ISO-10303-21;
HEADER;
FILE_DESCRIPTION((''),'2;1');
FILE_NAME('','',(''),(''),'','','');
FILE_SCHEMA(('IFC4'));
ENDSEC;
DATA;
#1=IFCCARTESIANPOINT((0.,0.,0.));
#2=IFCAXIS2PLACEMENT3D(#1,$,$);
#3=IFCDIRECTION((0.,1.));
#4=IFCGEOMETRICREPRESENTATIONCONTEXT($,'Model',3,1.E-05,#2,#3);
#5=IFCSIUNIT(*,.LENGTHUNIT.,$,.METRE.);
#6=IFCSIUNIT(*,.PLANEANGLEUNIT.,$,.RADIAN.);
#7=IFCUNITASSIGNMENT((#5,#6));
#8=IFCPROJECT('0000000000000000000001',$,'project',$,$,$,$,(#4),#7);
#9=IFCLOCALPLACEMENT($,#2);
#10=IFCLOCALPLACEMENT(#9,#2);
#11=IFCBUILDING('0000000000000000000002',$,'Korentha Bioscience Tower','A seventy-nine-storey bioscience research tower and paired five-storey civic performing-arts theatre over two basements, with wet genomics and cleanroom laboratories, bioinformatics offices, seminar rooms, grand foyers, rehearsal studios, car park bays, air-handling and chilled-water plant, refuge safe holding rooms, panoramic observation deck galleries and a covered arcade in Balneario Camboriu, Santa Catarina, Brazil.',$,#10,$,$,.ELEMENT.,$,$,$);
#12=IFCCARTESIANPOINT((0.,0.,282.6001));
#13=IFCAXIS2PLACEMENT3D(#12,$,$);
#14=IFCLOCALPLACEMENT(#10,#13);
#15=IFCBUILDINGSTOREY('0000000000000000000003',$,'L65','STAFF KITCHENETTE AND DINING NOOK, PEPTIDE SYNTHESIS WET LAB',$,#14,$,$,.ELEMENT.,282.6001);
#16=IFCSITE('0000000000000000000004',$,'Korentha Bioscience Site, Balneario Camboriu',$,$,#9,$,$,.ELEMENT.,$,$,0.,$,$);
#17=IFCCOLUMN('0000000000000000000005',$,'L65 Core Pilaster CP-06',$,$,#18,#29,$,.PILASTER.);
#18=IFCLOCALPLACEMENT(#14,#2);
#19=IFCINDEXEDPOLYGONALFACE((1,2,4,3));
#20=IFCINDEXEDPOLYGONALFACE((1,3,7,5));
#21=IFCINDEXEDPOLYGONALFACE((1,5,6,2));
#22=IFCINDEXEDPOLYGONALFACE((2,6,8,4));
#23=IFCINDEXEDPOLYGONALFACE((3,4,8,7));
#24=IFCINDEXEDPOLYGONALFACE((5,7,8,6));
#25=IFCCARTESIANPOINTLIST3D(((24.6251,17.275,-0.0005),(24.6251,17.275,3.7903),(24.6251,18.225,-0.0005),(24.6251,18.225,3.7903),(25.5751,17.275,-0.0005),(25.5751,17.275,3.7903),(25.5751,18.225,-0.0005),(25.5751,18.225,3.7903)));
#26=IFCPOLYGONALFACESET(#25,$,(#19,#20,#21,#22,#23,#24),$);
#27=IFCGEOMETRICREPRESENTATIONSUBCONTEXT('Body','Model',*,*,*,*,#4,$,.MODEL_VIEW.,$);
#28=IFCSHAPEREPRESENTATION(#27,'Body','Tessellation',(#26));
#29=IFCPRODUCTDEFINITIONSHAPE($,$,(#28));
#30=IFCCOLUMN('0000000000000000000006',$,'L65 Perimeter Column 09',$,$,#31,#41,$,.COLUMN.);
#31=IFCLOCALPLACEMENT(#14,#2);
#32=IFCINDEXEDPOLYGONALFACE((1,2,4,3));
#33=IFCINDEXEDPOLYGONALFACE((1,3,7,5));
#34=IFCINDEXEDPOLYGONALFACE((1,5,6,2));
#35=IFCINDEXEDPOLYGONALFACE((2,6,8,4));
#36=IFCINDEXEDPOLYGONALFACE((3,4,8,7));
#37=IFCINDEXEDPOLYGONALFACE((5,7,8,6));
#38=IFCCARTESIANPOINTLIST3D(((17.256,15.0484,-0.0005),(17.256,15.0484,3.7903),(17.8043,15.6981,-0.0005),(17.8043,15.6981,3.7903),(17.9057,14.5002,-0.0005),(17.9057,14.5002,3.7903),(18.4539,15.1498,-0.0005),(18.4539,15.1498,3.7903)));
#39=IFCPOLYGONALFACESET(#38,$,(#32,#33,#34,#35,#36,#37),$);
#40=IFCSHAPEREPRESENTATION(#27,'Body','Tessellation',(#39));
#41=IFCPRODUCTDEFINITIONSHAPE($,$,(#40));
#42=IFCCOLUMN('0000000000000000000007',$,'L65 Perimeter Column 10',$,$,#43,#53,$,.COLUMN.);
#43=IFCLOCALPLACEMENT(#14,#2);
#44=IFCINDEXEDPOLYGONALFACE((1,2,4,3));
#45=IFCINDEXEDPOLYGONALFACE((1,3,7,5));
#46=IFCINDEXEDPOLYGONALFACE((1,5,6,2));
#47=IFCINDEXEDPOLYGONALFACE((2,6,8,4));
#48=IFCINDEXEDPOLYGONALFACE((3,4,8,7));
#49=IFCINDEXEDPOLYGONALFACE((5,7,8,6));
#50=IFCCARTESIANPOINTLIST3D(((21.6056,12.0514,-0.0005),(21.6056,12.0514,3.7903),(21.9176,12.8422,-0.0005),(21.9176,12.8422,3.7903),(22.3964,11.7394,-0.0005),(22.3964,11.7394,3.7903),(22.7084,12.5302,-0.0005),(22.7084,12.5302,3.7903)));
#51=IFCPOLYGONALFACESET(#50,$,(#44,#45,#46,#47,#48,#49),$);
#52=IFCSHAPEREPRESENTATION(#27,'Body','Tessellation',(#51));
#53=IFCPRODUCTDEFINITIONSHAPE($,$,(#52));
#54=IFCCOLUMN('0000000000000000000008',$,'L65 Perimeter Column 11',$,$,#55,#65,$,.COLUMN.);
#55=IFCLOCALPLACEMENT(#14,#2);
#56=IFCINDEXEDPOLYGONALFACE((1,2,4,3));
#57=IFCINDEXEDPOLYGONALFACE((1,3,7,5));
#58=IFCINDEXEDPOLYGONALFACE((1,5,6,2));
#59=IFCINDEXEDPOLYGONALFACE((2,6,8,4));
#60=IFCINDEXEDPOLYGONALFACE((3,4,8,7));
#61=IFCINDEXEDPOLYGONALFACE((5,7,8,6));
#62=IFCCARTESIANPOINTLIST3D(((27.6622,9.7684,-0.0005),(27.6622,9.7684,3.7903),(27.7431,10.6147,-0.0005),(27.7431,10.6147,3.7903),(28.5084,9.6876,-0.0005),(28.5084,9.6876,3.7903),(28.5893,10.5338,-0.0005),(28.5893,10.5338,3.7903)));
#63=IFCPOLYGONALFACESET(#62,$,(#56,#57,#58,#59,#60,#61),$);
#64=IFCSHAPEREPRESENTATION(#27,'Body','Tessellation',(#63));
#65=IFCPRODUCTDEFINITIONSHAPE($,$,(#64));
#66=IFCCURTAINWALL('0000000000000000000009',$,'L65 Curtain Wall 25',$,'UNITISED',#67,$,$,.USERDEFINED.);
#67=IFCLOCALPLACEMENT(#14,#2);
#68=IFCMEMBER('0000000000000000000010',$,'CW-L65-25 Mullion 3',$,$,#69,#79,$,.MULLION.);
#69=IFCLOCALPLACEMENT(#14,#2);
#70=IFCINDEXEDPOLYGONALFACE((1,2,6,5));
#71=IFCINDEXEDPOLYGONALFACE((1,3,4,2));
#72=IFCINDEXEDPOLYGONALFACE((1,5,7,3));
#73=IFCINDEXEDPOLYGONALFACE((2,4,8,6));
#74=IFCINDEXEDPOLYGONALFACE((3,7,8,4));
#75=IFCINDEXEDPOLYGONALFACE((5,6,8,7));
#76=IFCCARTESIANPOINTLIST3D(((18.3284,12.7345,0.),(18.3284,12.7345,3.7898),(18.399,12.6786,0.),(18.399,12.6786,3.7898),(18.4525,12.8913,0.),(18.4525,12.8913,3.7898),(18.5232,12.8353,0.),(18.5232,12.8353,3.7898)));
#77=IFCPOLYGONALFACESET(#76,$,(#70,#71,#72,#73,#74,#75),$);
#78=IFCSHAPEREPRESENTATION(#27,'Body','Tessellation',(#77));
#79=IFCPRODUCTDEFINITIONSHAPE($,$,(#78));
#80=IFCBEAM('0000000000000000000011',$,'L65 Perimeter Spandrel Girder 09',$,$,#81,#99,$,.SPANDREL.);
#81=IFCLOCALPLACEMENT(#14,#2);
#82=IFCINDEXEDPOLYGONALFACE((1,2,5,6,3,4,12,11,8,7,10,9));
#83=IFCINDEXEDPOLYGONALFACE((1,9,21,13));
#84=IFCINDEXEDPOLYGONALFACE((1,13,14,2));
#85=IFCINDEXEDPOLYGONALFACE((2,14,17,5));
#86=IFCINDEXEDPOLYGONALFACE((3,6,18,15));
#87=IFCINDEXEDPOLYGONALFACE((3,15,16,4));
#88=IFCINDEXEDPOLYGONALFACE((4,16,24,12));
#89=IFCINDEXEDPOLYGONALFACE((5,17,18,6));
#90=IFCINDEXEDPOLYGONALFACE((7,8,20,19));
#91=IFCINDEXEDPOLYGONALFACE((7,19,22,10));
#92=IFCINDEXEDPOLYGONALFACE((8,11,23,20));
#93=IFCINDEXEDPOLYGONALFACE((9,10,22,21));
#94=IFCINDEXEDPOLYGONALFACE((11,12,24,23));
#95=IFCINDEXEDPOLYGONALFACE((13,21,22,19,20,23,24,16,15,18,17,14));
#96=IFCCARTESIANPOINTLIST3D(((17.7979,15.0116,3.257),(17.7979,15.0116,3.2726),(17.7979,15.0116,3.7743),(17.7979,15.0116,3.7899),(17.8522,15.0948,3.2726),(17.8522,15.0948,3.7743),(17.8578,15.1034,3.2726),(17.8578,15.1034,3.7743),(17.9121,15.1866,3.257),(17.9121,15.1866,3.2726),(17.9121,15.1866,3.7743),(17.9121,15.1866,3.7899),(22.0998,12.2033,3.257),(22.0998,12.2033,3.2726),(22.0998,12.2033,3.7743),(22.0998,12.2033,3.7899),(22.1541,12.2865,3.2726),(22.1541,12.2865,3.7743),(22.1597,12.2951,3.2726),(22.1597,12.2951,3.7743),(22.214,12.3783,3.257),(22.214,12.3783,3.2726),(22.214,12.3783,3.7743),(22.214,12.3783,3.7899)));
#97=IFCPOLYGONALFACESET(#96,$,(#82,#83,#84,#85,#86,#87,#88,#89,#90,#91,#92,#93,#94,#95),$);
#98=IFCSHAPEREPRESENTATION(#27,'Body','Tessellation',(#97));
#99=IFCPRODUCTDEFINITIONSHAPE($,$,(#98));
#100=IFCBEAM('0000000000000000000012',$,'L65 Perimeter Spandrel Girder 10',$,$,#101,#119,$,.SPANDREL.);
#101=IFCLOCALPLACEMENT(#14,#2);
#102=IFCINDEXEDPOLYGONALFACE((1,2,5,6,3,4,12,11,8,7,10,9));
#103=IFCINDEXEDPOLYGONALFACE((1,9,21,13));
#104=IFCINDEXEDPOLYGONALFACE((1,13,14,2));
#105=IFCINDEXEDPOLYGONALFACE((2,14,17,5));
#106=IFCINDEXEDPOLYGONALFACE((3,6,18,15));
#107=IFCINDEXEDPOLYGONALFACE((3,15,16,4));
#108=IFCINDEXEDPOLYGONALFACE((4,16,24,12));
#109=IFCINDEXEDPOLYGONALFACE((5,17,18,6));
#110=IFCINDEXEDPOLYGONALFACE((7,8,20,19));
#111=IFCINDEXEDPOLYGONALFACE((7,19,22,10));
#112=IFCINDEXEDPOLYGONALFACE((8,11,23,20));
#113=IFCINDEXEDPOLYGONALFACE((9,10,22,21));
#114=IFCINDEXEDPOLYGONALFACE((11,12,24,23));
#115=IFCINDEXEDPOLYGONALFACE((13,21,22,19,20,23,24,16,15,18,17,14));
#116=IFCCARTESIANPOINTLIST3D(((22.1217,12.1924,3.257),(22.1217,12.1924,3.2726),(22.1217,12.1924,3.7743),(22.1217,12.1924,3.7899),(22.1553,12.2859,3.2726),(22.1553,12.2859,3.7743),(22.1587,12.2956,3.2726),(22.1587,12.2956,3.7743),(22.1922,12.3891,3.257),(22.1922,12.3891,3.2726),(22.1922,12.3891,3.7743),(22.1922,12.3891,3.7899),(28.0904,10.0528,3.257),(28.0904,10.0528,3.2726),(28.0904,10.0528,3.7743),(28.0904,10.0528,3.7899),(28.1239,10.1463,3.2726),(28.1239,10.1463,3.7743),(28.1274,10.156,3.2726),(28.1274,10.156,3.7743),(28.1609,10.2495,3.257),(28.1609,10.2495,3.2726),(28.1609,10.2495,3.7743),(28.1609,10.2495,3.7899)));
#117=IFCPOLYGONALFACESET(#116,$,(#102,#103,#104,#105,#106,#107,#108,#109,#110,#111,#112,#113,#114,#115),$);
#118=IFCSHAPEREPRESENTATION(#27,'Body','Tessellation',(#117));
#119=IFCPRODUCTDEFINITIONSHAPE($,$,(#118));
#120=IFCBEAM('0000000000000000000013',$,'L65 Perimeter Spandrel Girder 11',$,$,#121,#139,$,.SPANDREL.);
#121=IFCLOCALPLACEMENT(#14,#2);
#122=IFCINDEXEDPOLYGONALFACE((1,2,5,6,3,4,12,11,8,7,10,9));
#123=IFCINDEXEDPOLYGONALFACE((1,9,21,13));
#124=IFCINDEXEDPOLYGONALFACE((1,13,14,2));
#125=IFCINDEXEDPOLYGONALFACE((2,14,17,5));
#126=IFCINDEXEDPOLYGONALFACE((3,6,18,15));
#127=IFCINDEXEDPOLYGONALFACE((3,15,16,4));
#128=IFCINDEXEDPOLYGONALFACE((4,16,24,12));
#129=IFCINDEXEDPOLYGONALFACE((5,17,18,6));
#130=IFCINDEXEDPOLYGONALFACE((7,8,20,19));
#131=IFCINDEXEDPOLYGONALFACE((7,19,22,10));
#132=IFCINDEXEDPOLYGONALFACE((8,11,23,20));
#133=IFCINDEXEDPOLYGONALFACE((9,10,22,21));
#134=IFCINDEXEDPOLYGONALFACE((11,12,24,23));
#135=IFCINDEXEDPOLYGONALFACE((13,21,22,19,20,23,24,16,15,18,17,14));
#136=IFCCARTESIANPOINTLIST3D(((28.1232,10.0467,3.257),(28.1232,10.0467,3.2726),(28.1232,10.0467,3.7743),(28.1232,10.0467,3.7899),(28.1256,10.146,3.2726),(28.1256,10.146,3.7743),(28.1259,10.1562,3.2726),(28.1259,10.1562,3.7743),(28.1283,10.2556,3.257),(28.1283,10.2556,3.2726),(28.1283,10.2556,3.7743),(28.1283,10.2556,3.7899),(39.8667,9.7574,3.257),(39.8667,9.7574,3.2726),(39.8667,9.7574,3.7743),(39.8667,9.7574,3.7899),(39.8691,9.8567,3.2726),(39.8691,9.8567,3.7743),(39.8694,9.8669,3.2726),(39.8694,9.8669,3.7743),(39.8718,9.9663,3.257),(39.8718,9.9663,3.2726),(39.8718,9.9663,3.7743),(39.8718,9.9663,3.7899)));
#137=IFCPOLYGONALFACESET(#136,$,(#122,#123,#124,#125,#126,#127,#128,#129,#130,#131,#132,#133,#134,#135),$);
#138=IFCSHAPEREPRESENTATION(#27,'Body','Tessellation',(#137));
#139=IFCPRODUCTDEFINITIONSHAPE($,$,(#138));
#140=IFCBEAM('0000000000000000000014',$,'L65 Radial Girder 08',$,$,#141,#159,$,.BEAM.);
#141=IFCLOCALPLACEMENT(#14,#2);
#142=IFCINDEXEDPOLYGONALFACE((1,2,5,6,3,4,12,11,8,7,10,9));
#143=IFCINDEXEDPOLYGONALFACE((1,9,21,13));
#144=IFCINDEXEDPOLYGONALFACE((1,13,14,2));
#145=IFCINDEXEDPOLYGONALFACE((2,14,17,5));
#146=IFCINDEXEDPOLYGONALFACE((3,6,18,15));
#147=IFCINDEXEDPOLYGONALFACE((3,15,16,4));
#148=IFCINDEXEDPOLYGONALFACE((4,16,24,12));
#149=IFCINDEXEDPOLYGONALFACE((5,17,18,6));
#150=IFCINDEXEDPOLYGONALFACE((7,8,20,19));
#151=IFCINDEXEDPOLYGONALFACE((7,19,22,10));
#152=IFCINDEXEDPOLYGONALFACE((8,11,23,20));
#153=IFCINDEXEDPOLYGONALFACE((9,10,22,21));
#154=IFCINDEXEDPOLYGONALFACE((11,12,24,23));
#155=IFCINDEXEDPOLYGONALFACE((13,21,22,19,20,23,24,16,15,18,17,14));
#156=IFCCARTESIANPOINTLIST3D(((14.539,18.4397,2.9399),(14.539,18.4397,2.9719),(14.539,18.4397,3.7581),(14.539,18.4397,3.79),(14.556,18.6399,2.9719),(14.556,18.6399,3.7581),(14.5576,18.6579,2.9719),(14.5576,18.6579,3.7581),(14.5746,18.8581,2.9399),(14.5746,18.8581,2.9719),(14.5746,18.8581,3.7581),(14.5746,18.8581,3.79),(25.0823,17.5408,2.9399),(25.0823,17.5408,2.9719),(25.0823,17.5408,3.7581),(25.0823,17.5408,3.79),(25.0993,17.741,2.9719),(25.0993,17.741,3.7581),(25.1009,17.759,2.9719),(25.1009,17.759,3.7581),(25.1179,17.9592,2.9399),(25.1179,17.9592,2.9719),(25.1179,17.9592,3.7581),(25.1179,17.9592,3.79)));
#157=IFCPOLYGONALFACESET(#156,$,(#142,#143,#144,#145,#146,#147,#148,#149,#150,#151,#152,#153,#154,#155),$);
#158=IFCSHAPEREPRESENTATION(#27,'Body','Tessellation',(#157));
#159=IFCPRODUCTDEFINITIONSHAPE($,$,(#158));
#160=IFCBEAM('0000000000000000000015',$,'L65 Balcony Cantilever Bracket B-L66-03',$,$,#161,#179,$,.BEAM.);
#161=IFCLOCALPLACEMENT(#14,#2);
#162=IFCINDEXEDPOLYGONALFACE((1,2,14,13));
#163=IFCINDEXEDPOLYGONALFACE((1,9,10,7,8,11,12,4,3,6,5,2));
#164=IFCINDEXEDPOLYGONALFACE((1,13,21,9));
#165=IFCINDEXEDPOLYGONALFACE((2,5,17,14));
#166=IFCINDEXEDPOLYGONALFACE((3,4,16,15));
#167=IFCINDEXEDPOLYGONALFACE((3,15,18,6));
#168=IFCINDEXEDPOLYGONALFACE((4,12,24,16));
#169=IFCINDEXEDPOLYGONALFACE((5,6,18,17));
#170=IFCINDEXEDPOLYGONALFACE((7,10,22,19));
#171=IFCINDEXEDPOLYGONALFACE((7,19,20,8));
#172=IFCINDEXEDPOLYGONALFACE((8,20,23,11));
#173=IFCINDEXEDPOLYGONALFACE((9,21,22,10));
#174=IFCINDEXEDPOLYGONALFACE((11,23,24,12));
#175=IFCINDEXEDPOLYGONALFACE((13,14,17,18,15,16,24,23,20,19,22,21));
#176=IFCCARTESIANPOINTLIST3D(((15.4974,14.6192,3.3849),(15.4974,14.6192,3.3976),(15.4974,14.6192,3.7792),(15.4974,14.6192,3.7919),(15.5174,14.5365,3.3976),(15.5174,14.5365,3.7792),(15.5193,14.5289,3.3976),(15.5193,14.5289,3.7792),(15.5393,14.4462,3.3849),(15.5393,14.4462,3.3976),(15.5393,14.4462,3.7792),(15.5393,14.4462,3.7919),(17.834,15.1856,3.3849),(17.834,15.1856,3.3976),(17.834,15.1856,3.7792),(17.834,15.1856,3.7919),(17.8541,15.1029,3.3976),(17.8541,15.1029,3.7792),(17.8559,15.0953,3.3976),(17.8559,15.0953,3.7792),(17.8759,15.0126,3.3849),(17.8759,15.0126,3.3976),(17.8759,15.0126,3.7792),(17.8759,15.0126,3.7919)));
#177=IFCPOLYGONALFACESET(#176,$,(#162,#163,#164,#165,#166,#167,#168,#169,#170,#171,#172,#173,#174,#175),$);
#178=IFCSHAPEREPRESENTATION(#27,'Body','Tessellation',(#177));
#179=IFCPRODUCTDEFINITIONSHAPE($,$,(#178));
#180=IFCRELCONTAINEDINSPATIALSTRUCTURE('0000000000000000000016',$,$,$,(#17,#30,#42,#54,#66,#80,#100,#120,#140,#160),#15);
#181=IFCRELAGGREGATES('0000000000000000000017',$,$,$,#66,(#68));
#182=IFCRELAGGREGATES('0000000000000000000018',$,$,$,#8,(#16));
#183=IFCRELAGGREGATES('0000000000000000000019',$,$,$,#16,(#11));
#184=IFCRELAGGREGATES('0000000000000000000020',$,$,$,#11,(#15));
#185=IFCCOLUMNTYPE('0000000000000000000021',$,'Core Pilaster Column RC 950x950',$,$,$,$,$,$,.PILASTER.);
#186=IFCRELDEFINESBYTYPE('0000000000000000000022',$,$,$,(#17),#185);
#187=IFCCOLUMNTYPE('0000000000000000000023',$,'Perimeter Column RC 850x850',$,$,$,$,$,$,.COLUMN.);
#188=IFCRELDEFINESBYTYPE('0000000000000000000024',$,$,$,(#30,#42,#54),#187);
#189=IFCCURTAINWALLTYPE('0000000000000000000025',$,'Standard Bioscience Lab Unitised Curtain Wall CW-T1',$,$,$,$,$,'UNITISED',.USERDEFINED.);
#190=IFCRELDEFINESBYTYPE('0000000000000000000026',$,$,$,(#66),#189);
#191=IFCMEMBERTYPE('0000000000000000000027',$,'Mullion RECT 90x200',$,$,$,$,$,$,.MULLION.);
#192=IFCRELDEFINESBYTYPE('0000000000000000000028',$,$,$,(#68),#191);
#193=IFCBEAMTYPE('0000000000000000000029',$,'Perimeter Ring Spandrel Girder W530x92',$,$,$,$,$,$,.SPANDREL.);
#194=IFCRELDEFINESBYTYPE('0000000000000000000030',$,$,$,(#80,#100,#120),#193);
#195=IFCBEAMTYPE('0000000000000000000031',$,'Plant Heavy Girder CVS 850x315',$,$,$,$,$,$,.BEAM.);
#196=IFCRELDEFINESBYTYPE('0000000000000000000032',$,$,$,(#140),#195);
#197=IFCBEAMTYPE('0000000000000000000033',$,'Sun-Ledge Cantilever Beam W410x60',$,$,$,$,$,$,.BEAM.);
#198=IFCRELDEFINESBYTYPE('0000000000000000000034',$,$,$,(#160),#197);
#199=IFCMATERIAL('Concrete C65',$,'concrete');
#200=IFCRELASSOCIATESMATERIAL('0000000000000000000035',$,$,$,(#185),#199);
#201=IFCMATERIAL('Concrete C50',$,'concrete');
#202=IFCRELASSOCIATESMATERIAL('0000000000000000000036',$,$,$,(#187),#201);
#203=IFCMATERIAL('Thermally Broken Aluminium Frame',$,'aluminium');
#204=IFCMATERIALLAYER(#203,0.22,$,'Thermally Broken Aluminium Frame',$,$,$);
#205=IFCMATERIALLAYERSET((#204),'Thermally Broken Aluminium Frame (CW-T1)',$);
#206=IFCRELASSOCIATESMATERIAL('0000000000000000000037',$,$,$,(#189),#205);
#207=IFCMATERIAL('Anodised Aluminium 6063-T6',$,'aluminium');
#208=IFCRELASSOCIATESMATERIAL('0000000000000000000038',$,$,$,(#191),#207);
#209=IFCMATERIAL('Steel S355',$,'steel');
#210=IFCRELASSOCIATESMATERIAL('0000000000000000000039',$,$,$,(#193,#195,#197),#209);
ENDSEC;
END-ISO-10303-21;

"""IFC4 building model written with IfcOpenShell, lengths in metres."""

from ifc_helpers import new_model, si_unit, direction, frame, origin, origin_2d, place, context, subcontext, project, spatial, rectangle, i_section, extrude, material, layer, layer_set, material_profile, profile_set, type_object, element, aggregate, save


model = new_model("IFC4")

# Units and contexts
model_context = context("Model", 3, precision=1e-05, world=origin(), true_north=direction((0.0, 1.0)))
body_context = subcontext(model_context, "Body", "Model", "MODEL_VIEW")
ifc_project = project(units=[si_unit("LENGTHUNIT", "METRE"), si_unit("PLANEANGLEUNIT", "RADIAN")], contexts=[model_context])

# Site, building, storey
site_placement = place(None, origin())
site = spatial("IfcSite", under=ifc_project, at=site_placement, Name="Korentha Bioscience Site, Balneario Camboriu", CompositionType="ELEMENT", RefElevation=0.0)
building_placement = place(site_placement, origin())
building = spatial("IfcBuilding", under=site, at=building_placement, Name="Korentha Bioscience Tower", Description="A seventy-nine-storey bioscience research tower and paired five-storey civic performing-arts theatre over two basements, with wet genomics and cleanroom laboratories, bioinformatics offices, seminar rooms, grand foyers, rehearsal studios, car park bays, air-handling and chilled-water plant, refuge safe holding rooms, panoramic observation deck galleries and a covered arcade in Balneario Camboriu, Santa Catarina, Brazil.", CompositionType="ELEMENT")
storey_placement = place(building_placement, frame((0.0, 0.0, 282.6001)))
storey = spatial("IfcBuildingStorey", under=building, at=storey_placement, Name="L65", Description="STAFF KITCHENETTE AND DINING NOOK, PEPTIDE SYNTHESIS WET LAB", CompositionType="ELEMENT", Elevation=282.6001)

# Columns
ifc_material_1 = material(Name="Concrete C65", Category="concrete")
ifc_material_profile_1 = material_profile(ifc_material_1, rectangle(XDim=0.95, YDim=0.95, at=origin_2d()), Name="Concrete C65")
ifc_profile_set_1 = profile_set([ifc_material_profile_1], Name="Concrete C65 (COL-CP09)")
column_type_1 = type_object("IfcColumnType", Name="Core Pilaster Column RC 950x950", PredefinedType="PILASTER", material=ifc_profile_set_1)
column_placement = place(storey_placement, frame((25.1001, 17.75, -0.0005), z_axis=(0.0, 0.0, 1.0), x_axis=(1.0, 0.0, 0.0)))
element("IfcColumn", 1, at=column_placement, inside=storey, type_object=column_type_1, Name="L65 Core Pilaster CP-06", PredefinedType="PILASTER", context=body_context, shape_type="SweptSolid", body=[
    extrude(rectangle(XDim=0.95, YDim=0.95, at=origin_2d()), origin(), (0.0, 0.0, 1.0), 3.7908),
])
ifc_material_2 = material(Name="Concrete C50", Category="concrete")
ifc_material_profile_2 = material_profile(ifc_material_2, rectangle(XDim=0.8501, YDim=0.8501, at=origin_2d()), Name="Concrete C50")
ifc_profile_set_2 = profile_set([ifc_material_profile_2], Name="Concrete C50 (COL-P08)")
column_type_2 = type_object("IfcColumnType", Name="Perimeter Column RC 850x850", PredefinedType="COLUMN", material=ifc_profile_set_2)
for number, where, z_axis, x_axis, name in (
    (2, (17.855, 15.0991, -0.0005), (0.0, 0.0, 1.0), (-0.764246, 0.644924, 0.0), "L65 Perimeter Column 09"),
    (3, (22.157, 12.2908, -0.0005), (0.0, 0.0, 1.0), (-0.930226, 0.366988, 0.0), "L65 Perimeter Column 10"),
    (4, (28.1257, 10.1511, -0.0005), (0.0, 0.0, 1.0), (-0.995463, 0.095151, 0.0), "L65 Perimeter Column 11"),
):
    element("IfcColumn", number, at=place(storey_placement, frame(where, z_axis=z_axis, x_axis=x_axis)), inside=storey, type_object=column_type_2, Name=name, PredefinedType="COLUMN", context=body_context, shape_type="SweptSolid", body=[
        extrude(rectangle(XDim=0.8501, YDim=0.8501, at=origin_2d()), origin(), (0.0, 0.0, 1.0), 3.7908),
    ])

# Curtain wall, member
ifc_material_3 = material(Name="Thermally Broken Aluminium Frame", Category="aluminium")
ifc_layer_1 = layer(ifc_material_3, 0.22, Name="Thermally Broken Aluminium Frame")
ifc_layer_set_1 = layer_set([ifc_layer_1], Name="Thermally Broken Aluminium Frame (CW-T1)")
curtain_wall_type = type_object("IfcCurtainWallType", Name="Standard Bioscience Lab Unitised Curtain Wall CW-T1", ElementType="UNITISED", PredefinedType="USERDEFINED", material=ifc_layer_set_1)
curtain_wall_placement = place(storey_placement, origin())
curtain_wall = element("IfcCurtainWall", 5, at=curtain_wall_placement, inside=storey, type_object=curtain_wall_type, Name="L65 Curtain Wall 25", ObjectType="UNITISED", PredefinedType="USERDEFINED")
ifc_material_4 = material(Name="Anodised Aluminium 6063-T6", Category="aluminium")
ifc_material_profile_3 = material_profile(ifc_material_4, rectangle(XDim=0.0901, YDim=0.2, at=origin_2d()), Name="Anodised Aluminium 6063-T6")
ifc_profile_set_3 = profile_set([ifc_material_profile_3], Name="Anodised Aluminium 6063-T6 (CW-MUL)")
member_type = type_object("IfcMemberType", Name="Mullion RECT 90x200", PredefinedType="MULLION", material=ifc_profile_set_3)
member_placement = place(storey_placement, frame((18.4258, 12.7849, 0.0), z_axis=(0.0, 0.0, 1.0), x_axis=(0.784076, -0.620665, 0.0)))
member = element("IfcMember", 6, at=member_placement, type_object=member_type, Name="CW-L65-25 Mullion 3", PredefinedType="MULLION", context=body_context, shape_type="SweptSolid", body=[
    extrude(rectangle(XDim=0.0901, YDim=0.2, at=origin_2d()), origin(), (0.0, 0.0, 1.0), 3.7898),
])

# Beams
ifc_material_5 = material(Name="Steel S355", Category="steel")
ifc_material_profile_4 = material_profile(ifc_material_5, i_section(OverallWidth=0.209, OverallDepth=0.533, WebThickness=0.0103, FlangeThickness=0.0156, at=origin_2d()), Name="Steel S355")
ifc_profile_set_4 = profile_set([ifc_material_profile_4], Name="Steel S355 (SB-530)")
beam_type_1 = type_object("IfcBeamType", Name="Perimeter Ring Spandrel Girder W530x92", PredefinedType="SPANDREL", material=ifc_profile_set_4)
beam_1_placement = place(storey_placement, frame((17.855, 15.0991, 3.5234), z_axis=(0.83737, -0.546636, 0.0), x_axis=(0.546636, 0.83737, 0.0)))
element("IfcBeam", 7, at=beam_1_placement, inside=storey, type_object=beam_type_1, Name="L65 Perimeter Spandrel Girder 09", PredefinedType="SPANDREL", context=body_context, shape_type="SweptSolid", body=[
    extrude(i_section(OverallWidth=0.209, OverallDepth=0.533, WebThickness=0.0103, FlangeThickness=0.0156, at=origin_2d()), origin(), (0.0, 0.0, 1.0), 5.1375),
])
beam_2_placement = place(storey_placement, frame((22.157, 12.2908, 3.5234), z_axis=(0.941344, -0.337448, 0.0), x_axis=(0.337448, 0.941344, 0.0)))
element("IfcBeam", 8, at=beam_2_placement, inside=storey, type_object=beam_type_1, Name="L65 Perimeter Spandrel Girder 10", PredefinedType="SPANDREL", context=body_context, shape_type="SweptSolid", body=[
    extrude(i_section(OverallWidth=0.209, OverallDepth=0.533, WebThickness=0.0103, FlangeThickness=0.0156, at=origin_2d()), origin(), (0.0, 0.0, 1.0), 6.3406),
])
beam_3_placement = place(storey_placement, frame((28.1257, 10.1511, 3.5234), z_axis=(0.999697, -0.024628, 0.0), x_axis=(0.024628, 0.999697, 0.0)))
element("IfcBeam", 9, at=beam_3_placement, inside=storey, type_object=beam_type_1, Name="L65 Perimeter Spandrel Girder 11", PredefinedType="SPANDREL", context=body_context, shape_type="SweptSolid", body=[
    extrude(i_section(OverallWidth=0.209, OverallDepth=0.533, WebThickness=0.0103, FlangeThickness=0.0156, at=origin_2d()), origin(), (0.0, 0.0, 1.0), 11.7471),
])
ifc_material_profile_5 = material_profile(ifc_material_5, i_section(OverallWidth=0.4199, OverallDepth=0.8501, WebThickness=0.0181, FlangeThickness=0.032, at=origin_2d()), Name="Steel S355")
ifc_profile_set_5 = profile_set([ifc_material_profile_5], Name="Steel S355 (MB-850)")
beam_type_2 = type_object("IfcBeamType", Name="Plant Heavy Girder CVS 850x315", PredefinedType="BEAM", material=ifc_profile_set_5)
beam_4_placement = place(storey_placement, frame((25.1001, 17.75, 3.365), z_axis=(-0.996385, 0.084953, 0.0), x_axis=(-0.084953, -0.996385, 0.0)))
element("IfcBeam", 10, at=beam_4_placement, inside=storey, type_object=beam_type_2, Name="L65 Radial Girder 08", PredefinedType="BEAM", context=body_context, shape_type="SweptSolid", body=[
    extrude(i_section(OverallWidth=0.4199, OverallDepth=0.8501, WebThickness=0.0181, FlangeThickness=0.032, at=origin_2d()), origin(), (0.0, 0.0, 1.0), 10.5815),
])
ifc_material_profile_6 = material_profile(ifc_material_5, i_section(OverallWidth=0.178, OverallDepth=0.407, WebThickness=0.0078, FlangeThickness=0.0127, at=origin_2d()), Name="Steel S355")
ifc_profile_set_6 = profile_set([ifc_material_profile_6], Name="Steel S355 (CB-410)")
beam_type_3 = type_object("IfcBeamType", Name="Sun-Ledge Cantilever Beam W410x60", PredefinedType="BEAM", material=ifc_profile_set_6)
beam_5_placement = place(storey_placement, frame((17.855, 15.0991, 3.5884), z_axis=(-0.971856, -0.235577, 0.0), x_axis=(0.235577, -0.971856, 0.0)))
element("IfcBeam", 11, at=beam_5_placement, inside=storey, type_object=beam_type_3, Name="L65 Balcony Cantilever Bracket B-L66-03", PredefinedType="BEAM", context=body_context, shape_type="SweptSolid", body=[
    extrude(i_section(OverallWidth=0.178, OverallDepth=0.407, WebThickness=0.0078, FlangeThickness=0.0127, at=origin_2d()), origin(), (0.0, 0.0, 1.0), 2.4043),
])

aggregate(curtain_wall, [member])

save(model, "model.ifc")
